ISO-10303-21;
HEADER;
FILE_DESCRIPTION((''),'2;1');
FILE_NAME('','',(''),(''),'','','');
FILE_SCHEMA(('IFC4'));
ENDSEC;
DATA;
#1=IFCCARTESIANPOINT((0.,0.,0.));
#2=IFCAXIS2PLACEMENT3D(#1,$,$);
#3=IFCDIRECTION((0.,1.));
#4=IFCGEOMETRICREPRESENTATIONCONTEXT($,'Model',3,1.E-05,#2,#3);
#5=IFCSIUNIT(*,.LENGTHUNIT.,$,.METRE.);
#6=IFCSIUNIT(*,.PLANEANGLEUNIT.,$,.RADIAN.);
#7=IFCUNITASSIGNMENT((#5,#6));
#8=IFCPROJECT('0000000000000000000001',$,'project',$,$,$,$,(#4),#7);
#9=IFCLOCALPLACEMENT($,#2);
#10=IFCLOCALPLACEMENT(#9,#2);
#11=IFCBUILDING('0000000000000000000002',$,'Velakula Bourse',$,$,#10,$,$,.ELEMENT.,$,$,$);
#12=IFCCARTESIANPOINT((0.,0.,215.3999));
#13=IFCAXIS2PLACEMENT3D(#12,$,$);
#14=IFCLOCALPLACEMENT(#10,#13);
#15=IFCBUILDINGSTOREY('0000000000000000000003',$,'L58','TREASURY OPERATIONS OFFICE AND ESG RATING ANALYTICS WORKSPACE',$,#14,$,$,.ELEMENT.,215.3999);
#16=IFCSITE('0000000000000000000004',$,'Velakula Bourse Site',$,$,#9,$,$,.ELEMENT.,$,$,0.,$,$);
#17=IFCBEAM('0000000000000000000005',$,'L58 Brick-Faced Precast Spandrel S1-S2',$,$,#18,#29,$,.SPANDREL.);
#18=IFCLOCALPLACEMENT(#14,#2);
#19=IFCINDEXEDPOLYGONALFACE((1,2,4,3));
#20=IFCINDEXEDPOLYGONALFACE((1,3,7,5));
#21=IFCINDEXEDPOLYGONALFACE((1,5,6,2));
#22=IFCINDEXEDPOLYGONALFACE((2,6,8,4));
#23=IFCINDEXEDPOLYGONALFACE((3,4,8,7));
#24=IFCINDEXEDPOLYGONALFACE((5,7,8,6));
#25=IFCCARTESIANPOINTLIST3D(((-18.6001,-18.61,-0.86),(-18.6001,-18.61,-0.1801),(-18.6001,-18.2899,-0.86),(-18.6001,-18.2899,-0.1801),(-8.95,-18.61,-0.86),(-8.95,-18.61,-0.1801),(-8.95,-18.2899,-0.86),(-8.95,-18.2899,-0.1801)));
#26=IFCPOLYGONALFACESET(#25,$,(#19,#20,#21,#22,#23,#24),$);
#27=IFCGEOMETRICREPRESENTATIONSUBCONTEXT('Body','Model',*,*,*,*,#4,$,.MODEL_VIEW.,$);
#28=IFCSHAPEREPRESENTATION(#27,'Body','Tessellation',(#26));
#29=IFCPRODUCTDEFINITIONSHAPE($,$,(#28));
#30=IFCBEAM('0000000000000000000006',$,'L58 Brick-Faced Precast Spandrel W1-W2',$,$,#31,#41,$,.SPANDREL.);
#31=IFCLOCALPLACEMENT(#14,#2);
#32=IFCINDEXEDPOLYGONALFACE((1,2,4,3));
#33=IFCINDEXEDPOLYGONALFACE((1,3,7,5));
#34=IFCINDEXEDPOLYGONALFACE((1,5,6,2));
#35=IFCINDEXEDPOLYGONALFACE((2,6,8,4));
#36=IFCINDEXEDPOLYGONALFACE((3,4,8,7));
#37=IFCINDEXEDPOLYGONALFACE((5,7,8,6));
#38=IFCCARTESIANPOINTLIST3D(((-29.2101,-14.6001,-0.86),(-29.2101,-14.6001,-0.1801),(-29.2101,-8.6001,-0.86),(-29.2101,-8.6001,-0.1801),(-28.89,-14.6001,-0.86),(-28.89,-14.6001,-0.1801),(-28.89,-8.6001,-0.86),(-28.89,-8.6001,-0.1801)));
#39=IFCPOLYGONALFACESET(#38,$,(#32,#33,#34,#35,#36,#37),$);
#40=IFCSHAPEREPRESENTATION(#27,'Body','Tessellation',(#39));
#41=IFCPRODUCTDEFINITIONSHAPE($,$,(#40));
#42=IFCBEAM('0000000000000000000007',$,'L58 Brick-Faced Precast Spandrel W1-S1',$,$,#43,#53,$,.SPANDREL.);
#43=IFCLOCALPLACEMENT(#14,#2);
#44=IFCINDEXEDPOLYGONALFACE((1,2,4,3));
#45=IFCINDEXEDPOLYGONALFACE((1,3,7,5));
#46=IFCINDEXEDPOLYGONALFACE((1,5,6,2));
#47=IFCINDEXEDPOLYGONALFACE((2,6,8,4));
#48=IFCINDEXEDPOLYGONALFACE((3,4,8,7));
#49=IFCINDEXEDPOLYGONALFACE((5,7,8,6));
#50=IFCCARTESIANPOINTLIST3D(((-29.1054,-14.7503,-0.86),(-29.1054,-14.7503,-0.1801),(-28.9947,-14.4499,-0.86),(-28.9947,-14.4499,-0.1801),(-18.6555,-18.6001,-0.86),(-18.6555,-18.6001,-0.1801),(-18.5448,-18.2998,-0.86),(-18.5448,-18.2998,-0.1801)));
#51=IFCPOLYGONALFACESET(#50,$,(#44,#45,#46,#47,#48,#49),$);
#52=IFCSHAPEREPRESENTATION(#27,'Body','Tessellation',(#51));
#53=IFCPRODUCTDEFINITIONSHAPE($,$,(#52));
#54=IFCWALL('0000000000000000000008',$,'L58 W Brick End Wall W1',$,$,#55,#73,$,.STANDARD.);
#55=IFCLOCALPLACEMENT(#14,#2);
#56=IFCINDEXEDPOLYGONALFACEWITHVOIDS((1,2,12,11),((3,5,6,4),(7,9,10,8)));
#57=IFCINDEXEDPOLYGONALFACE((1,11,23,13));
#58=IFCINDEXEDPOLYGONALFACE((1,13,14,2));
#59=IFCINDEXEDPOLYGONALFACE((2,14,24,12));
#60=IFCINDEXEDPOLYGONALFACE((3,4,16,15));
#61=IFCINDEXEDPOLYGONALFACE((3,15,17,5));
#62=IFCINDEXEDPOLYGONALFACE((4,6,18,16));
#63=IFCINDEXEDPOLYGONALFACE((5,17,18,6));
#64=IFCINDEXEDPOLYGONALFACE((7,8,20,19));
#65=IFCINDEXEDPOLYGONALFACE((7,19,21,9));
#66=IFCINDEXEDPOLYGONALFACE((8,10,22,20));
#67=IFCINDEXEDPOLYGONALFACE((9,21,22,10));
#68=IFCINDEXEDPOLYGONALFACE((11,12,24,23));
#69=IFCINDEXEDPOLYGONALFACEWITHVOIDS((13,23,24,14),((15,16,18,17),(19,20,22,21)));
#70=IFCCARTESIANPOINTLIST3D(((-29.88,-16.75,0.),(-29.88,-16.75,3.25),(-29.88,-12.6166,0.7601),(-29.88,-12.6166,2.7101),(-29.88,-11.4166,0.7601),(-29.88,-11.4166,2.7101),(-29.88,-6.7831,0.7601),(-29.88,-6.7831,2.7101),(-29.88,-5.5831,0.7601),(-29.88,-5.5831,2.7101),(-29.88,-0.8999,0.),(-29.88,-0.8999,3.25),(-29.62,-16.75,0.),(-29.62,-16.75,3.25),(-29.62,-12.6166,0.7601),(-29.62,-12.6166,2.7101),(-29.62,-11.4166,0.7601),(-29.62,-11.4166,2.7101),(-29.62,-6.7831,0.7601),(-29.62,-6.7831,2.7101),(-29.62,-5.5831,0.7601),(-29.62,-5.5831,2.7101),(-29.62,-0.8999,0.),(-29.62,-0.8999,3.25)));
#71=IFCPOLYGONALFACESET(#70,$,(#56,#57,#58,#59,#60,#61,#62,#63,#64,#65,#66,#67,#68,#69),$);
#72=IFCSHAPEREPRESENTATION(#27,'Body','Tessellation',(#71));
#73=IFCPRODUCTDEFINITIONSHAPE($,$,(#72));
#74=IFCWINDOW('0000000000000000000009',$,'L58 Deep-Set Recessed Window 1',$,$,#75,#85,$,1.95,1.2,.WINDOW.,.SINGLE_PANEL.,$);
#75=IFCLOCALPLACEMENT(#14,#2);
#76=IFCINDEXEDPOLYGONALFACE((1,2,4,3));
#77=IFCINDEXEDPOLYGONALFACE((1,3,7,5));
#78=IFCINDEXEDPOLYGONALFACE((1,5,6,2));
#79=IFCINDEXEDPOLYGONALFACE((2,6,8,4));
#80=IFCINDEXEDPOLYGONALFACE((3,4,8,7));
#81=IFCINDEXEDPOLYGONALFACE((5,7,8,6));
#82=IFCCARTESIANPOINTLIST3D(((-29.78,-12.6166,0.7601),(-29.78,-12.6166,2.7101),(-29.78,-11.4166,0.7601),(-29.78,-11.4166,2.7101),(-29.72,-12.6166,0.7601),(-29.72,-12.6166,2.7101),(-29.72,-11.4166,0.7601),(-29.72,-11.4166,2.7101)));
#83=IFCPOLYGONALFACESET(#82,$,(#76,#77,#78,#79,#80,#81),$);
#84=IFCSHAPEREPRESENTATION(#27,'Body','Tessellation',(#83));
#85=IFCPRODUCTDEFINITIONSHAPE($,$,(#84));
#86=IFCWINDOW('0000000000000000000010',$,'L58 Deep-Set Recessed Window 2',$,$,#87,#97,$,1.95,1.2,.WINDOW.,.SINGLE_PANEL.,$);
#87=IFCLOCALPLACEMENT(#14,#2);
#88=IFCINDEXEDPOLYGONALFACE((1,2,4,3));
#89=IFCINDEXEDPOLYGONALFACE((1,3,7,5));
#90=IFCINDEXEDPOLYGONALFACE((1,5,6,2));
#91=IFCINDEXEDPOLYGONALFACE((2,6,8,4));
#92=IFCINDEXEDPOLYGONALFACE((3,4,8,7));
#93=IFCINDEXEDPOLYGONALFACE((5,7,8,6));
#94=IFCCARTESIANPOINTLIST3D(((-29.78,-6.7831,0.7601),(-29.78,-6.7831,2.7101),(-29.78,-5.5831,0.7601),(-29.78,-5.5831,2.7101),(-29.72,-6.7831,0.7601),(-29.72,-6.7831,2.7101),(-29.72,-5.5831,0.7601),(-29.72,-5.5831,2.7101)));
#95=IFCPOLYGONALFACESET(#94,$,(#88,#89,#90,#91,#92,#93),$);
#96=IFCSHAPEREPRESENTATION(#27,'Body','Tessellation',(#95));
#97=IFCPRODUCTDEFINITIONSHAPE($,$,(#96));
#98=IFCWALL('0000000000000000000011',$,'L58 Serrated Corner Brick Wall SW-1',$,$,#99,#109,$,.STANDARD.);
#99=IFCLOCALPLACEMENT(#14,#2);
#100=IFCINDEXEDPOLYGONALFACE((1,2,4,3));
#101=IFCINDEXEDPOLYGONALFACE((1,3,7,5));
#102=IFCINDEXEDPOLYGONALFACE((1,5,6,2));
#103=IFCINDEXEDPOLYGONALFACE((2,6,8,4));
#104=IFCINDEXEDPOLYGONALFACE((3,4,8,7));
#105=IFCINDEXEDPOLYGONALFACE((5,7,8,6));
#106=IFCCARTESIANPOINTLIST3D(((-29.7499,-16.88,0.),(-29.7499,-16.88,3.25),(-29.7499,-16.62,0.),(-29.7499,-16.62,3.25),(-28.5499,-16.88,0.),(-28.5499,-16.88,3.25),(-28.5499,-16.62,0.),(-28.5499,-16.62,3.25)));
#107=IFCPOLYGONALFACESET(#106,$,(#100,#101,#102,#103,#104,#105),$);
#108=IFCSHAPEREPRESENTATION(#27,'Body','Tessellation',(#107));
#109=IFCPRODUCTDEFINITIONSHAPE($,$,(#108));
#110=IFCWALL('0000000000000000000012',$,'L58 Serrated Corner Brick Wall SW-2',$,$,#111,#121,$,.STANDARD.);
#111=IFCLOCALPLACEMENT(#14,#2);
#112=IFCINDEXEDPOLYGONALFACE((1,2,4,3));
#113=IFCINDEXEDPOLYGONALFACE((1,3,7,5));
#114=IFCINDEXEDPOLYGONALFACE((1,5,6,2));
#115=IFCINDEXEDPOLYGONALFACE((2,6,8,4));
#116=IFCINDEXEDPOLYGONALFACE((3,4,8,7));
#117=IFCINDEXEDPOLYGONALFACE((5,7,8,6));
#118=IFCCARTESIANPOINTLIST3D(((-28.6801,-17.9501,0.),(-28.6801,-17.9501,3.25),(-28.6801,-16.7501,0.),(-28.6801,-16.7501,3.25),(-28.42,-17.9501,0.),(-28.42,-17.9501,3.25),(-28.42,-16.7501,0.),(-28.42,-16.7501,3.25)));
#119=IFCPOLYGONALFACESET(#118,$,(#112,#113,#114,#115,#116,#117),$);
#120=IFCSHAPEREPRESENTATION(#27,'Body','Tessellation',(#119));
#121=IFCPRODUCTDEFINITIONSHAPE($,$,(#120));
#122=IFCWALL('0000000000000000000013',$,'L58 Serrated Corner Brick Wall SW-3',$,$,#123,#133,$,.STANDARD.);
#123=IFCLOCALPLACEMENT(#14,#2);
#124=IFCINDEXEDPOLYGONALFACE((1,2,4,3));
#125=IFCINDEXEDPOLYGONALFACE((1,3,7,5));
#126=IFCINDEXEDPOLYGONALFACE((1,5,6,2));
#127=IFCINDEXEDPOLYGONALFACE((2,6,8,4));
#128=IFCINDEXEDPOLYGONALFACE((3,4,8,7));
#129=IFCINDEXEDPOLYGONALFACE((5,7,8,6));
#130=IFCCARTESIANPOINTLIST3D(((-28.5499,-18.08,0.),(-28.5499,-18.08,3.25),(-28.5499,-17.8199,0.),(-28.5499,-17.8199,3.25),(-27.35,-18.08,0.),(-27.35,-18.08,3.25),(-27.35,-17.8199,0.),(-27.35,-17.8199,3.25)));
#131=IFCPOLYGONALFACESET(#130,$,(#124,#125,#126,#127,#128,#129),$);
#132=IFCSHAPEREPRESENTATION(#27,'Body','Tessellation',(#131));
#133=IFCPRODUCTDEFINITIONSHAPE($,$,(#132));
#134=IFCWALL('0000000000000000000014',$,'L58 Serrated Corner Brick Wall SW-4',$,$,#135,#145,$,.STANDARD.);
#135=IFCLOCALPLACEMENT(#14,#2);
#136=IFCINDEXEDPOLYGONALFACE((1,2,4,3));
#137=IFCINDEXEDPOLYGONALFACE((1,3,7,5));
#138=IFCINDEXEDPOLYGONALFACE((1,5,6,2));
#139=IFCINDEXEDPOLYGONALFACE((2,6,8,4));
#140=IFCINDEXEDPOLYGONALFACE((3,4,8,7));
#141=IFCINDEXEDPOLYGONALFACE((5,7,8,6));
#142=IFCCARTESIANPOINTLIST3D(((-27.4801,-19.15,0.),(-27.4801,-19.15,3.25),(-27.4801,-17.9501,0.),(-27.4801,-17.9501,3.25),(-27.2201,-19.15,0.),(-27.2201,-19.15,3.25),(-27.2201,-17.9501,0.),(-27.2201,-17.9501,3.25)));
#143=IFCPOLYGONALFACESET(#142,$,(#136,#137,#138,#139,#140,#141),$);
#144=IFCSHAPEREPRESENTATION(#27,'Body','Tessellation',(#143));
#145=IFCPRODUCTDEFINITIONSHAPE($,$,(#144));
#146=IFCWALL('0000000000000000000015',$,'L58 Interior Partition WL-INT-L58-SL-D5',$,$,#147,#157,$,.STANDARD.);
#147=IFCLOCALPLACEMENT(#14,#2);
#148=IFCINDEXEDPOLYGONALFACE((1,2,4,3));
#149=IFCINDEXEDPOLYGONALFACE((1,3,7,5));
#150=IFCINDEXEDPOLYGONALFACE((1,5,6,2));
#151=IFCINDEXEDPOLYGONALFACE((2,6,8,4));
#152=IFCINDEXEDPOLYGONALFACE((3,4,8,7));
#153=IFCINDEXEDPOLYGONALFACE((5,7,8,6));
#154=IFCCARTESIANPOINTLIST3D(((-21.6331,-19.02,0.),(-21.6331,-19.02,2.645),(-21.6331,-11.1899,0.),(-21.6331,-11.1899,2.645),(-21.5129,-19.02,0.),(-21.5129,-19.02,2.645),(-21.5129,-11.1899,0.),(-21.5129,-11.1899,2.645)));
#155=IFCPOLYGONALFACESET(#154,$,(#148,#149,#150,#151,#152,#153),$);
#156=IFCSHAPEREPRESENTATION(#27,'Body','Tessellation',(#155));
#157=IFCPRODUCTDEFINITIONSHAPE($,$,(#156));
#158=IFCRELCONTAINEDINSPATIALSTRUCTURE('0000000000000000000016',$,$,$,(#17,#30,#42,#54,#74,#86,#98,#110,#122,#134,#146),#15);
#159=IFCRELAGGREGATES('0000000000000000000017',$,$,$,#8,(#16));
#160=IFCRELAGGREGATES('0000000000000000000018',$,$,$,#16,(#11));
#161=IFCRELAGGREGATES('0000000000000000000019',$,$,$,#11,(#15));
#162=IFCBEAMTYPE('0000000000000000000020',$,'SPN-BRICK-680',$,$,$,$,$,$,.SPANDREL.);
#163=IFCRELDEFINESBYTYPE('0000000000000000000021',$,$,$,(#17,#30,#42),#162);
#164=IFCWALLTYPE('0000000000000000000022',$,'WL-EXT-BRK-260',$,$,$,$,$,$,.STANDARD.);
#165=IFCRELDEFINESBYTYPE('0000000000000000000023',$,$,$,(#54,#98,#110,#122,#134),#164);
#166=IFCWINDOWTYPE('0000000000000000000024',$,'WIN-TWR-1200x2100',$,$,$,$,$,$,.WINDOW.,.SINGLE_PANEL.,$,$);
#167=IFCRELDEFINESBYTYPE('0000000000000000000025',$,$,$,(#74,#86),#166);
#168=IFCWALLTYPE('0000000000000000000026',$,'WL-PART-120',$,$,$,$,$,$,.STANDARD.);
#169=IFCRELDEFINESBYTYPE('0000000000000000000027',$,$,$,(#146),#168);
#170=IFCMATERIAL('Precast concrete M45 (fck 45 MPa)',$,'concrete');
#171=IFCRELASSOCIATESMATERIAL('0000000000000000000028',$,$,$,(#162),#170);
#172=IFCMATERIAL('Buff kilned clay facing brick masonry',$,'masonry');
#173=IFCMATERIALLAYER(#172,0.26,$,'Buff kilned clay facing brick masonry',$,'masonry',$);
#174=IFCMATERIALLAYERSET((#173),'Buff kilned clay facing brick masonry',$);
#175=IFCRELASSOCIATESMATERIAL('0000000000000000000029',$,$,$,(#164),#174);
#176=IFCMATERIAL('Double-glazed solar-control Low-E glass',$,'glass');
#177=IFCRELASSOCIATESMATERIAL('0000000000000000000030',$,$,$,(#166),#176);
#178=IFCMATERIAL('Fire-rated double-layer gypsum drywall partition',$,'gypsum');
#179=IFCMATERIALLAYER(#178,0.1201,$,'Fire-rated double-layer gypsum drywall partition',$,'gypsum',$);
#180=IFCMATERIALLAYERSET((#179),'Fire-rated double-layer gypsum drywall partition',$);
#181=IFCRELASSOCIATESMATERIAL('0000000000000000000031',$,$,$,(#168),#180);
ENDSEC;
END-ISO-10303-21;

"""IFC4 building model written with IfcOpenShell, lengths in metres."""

from ifc_helpers import new_model, si_unit, direction, frame, frame_2d, origin, origin_2d, place, context, subcontext, project, spatial, rectangle, extrude, material, layer, layer_set, material_profile, profile_set, type_object, element, fill, save


model = new_model("IFC4")

# Units and contexts
model_context = context("Model", 3, precision=1e-05, world=origin(), true_north=direction((0.0, 1.0)))
body_context = subcontext(model_context, "Body", "Model", "MODEL_VIEW")
ifc_project = project(units=[si_unit("LENGTHUNIT", "METRE"), si_unit("PLANEANGLEUNIT", "RADIAN")], contexts=[model_context])

# Site, building, storey
site_placement = place(None, origin())
site = spatial("IfcSite", under=ifc_project, at=site_placement, Name="Velakula Bourse Site", CompositionType="ELEMENT", RefElevation=0.0)
building_placement = place(site_placement, origin())
building = spatial("IfcBuilding", under=site, at=building_placement, Name="Velakula Bourse", CompositionType="ELEMENT")
storey_placement = place(building_placement, frame((0.0, 0.0, 215.3999)))
storey = spatial("IfcBuildingStorey", under=building, at=storey_placement, Name="L58", Description="TREASURY OPERATIONS OFFICE AND ESG RATING ANALYTICS WORKSPACE", CompositionType="ELEMENT", Elevation=215.3999)

# Shared definitions
ifc_material_1 = material(Name="Precast concrete M45 (fck 45 MPa)", Category="concrete")

# Beams
ifc_material_profile_1 = material_profile(ifc_material_1, rectangle(XDim=0.3201, YDim=0.6799, at=origin_2d()), Name="Precast concrete M45 (fck 45 MPa)")
ifc_profile_set_1 = profile_set([ifc_material_profile_1], Name="Precast concrete M45 (fck 45 MPa)")
beam_type_1 = type_object("IfcBeamType", Name="SPN-BRICK-680", PredefinedType="SPANDREL", material=ifc_profile_set_1)
beam_1_placement = place(storey_placement, frame((-18.6001, -18.45, -0.52), z_axis=(1.0, 0.0, 0.0), x_axis=(0.0, 1.0, 0.0)))
element("IfcBeam", 1, at=beam_1_placement, inside=storey, type_object=beam_type_1, Name="L58 Brick-Faced Precast Spandrel S1-S2", PredefinedType="SPANDREL", context=body_context, shape_type="SweptSolid", body=[
    extrude(rectangle(XDim=0.3201, YDim=0.6799, at=origin_2d()), origin(), (0.0, 0.0, 1.0), 9.6501),
])
beam_2_placement = place(storey_placement, frame((-29.05, -14.6001, -0.52), z_axis=(0.0, 1.0, 0.0), x_axis=(-1.0, 0.0, 0.0)))
element("IfcBeam", 2, at=beam_2_placement, inside=storey, type_object=beam_type_1, Name="L58 Brick-Faced Precast Spandrel W1-W2", PredefinedType="SPANDREL", context=body_context, shape_type="SweptSolid", body=[
    extrude(rectangle(XDim=0.3201, YDim=0.6799, at=origin_2d()), origin(), (0.0, 0.0, 1.0), 6.0),
])
beam_3_placement = place(storey_placement, frame((-29.05, -14.6001, -0.52), z_axis=(0.938347, -0.345695, 0.0), x_axis=(0.345695, 0.938347, 0.0)))
element("IfcBeam", 3, at=beam_3_placement, inside=storey, type_object=beam_type_1, Name="L58 Brick-Faced Precast Spandrel W1-S1", PredefinedType="SPANDREL", context=body_context, shape_type="SweptSolid", body=[
    extrude(rectangle(XDim=0.3201, YDim=0.6799, at=origin_2d()), origin(), (0.0, 0.0, 1.0), 11.1365),
])

# Wall, openings, windows
ifc_material_2 = material(Name="Buff kilned clay facing brick masonry", Category="masonry")
ifc_layer_1 = layer(ifc_material_2, 0.26, Name="Buff kilned clay facing brick masonry", Category="masonry")
ifc_layer_set_1 = layer_set([ifc_layer_1], Name="Buff kilned clay facing brick masonry")
wall_type_1 = type_object("IfcWallType", Name="WL-EXT-BRK-260", PredefinedType="STANDARD", material=ifc_layer_set_1)
wall_1_placement = place(storey_placement, frame((-29.75, -16.75, 0.0), z_axis=(0.0, 0.0, 1.0), x_axis=(0.0, 1.0, 0.0)))
wall_1 = element("IfcWall", 4, at=wall_1_placement, inside=storey, type_object=wall_type_1, Name="L58 W Brick End Wall W1", PredefinedType="STANDARD", context=body_context, shape_type="SweptSolid", body=[
    extrude(rectangle(XDim=15.8501, YDim=0.26, at=frame_2d((7.925, 0.0))), origin(), (0.0, 0.0, 1.0), 3.25),
])
opening_1_placement = place(wall_1_placement, frame((4.1333, 0.0, 0.76)))
opening_1 = element("IfcOpeningElement", 5, at=opening_1_placement, cuts=wall_1, PredefinedType="OPENING", context=body_context, shape_type="SweptSolid", body=[
    extrude(rectangle(XDim=1.2, YDim=1.95, at=frame_2d((0.6001, 0.9751))), frame((0.0, 0.1399, 0.0), z_axis=(0.0, -1.0, 0.0), x_axis=(1.0, 0.0, 0.0)), (0.0, 0.0, 1.0), 0.28),
])
opening_2_placement = place(wall_1_placement, frame((9.9668, 0.0, 0.76)))
opening_2 = element("IfcOpeningElement", 6, at=opening_2_placement, cuts=wall_1, PredefinedType="OPENING", context=body_context, shape_type="SweptSolid", body=[
    extrude(rectangle(XDim=1.2, YDim=1.95, at=frame_2d((0.6001, 0.9751))), frame((0.0, 0.1399, 0.0), z_axis=(0.0, -1.0, 0.0), x_axis=(1.0, 0.0, 0.0)), (0.0, 0.0, 1.0), 0.28),
])
ifc_material_3 = material(Name="Double-glazed solar-control Low-E glass", Category="glass")
window_type = type_object("IfcWindowType", Name="WIN-TWR-1200x2100", PartitioningType="SINGLE_PANEL", PredefinedType="WINDOW", material=ifc_material_3)
window_1_placement = place(opening_1_placement, origin())
window_1 = element("IfcWindow", 7, at=window_1_placement, inside=storey, type_object=window_type, Name="L58 Deep-Set Recessed Window 1", OverallHeight=1.95, OverallWidth=1.2, PartitioningType="SINGLE_PANEL", PredefinedType="WINDOW", context=body_context, shape_type="SweptSolid", body=[
    extrude(rectangle(XDim=1.2, YDim=1.95, at=frame_2d((0.6001, 0.9751))), frame((0.0, 0.03, 0.0), z_axis=(0.0, -1.0, 0.0), x_axis=(1.0, 0.0, 0.0)), (0.0, 0.0, 1.0), 0.0601),
])
fill(opening_1, window_1)
window_2_placement = place(opening_2_placement, origin())
window_2 = element("IfcWindow", 8, at=window_2_placement, inside=storey, type_object=window_type, Name="L58 Deep-Set Recessed Window 2", OverallHeight=1.95, OverallWidth=1.2, PartitioningType="SINGLE_PANEL", PredefinedType="WINDOW", context=body_context, shape_type="SweptSolid", body=[
    extrude(rectangle(XDim=1.2, YDim=1.95, at=frame_2d((0.6001, 0.9751))), frame((0.0, 0.03, 0.0), z_axis=(0.0, -1.0, 0.0), x_axis=(1.0, 0.0, 0.0)), (0.0, 0.0, 1.0), 0.0601),
])
fill(opening_2, window_2)

# Walls
for number, where, z_axis, x_axis, name in (
    (9, (-29.75, -16.75, 0.0), (0.0, 0.0, 1.0), (1.0, 0.0, 0.0), "L58 Serrated Corner Brick Wall SW-1"),
    (10, (-28.55, -16.75, 0.0), (0.0, 0.0, 1.0), (0.0, -1.0, 0.0), "L58 Serrated Corner Brick Wall SW-2"),
    (11, (-28.55, -17.95, 0.0), (0.0, 0.0, 1.0), (1.0, 0.0, 0.0), "L58 Serrated Corner Brick Wall SW-3"),
    (12, (-27.3501, -17.95, 0.0), (0.0, 0.0, 1.0), (0.0, -1.0, 0.0), "L58 Serrated Corner Brick Wall SW-4"),
):
    element("IfcWall", number, at=place(storey_placement, frame(where, z_axis=z_axis, x_axis=x_axis)), inside=storey, type_object=wall_type_1, Name=name, PredefinedType="STANDARD", context=body_context, shape_type="SweptSolid", body=[
        extrude(rectangle(XDim=1.2, YDim=0.26, at=frame_2d((0.6001, 0.0))), origin(), (0.0, 0.0, 1.0), 3.25),
    ])
ifc_material_4 = material(Name="Fire-rated double-layer gypsum drywall partition", Category="gypsum")
ifc_layer_2 = layer(ifc_material_4, 0.1201, Name="Fire-rated double-layer gypsum drywall partition", Category="gypsum")
ifc_layer_set_2 = layer_set([ifc_layer_2], Name="Fire-rated double-layer gypsum drywall partition")
wall_type_2 = type_object("IfcWallType", Name="WL-PART-120", PredefinedType="STANDARD", material=ifc_layer_set_2)
wall_2_placement = place(storey_placement, frame((-21.573, -19.02, 0.0), z_axis=(0.0, 0.0, 1.0), x_axis=(0.0, 1.0, 0.0)))
element("IfcWall", 13, at=wall_2_placement, inside=storey, type_object=wall_type_2, Name="L58 Interior Partition WL-INT-L58-SL-D5", PredefinedType="STANDARD", context=body_context, shape_type="SweptSolid", body=[
    extrude(rectangle(XDim=7.8301, YDim=0.1201, at=frame_2d((3.915, 0.0))), origin(), (0.0, 0.0, 1.0), 2.645),
])

save(model, "model.ifc")
